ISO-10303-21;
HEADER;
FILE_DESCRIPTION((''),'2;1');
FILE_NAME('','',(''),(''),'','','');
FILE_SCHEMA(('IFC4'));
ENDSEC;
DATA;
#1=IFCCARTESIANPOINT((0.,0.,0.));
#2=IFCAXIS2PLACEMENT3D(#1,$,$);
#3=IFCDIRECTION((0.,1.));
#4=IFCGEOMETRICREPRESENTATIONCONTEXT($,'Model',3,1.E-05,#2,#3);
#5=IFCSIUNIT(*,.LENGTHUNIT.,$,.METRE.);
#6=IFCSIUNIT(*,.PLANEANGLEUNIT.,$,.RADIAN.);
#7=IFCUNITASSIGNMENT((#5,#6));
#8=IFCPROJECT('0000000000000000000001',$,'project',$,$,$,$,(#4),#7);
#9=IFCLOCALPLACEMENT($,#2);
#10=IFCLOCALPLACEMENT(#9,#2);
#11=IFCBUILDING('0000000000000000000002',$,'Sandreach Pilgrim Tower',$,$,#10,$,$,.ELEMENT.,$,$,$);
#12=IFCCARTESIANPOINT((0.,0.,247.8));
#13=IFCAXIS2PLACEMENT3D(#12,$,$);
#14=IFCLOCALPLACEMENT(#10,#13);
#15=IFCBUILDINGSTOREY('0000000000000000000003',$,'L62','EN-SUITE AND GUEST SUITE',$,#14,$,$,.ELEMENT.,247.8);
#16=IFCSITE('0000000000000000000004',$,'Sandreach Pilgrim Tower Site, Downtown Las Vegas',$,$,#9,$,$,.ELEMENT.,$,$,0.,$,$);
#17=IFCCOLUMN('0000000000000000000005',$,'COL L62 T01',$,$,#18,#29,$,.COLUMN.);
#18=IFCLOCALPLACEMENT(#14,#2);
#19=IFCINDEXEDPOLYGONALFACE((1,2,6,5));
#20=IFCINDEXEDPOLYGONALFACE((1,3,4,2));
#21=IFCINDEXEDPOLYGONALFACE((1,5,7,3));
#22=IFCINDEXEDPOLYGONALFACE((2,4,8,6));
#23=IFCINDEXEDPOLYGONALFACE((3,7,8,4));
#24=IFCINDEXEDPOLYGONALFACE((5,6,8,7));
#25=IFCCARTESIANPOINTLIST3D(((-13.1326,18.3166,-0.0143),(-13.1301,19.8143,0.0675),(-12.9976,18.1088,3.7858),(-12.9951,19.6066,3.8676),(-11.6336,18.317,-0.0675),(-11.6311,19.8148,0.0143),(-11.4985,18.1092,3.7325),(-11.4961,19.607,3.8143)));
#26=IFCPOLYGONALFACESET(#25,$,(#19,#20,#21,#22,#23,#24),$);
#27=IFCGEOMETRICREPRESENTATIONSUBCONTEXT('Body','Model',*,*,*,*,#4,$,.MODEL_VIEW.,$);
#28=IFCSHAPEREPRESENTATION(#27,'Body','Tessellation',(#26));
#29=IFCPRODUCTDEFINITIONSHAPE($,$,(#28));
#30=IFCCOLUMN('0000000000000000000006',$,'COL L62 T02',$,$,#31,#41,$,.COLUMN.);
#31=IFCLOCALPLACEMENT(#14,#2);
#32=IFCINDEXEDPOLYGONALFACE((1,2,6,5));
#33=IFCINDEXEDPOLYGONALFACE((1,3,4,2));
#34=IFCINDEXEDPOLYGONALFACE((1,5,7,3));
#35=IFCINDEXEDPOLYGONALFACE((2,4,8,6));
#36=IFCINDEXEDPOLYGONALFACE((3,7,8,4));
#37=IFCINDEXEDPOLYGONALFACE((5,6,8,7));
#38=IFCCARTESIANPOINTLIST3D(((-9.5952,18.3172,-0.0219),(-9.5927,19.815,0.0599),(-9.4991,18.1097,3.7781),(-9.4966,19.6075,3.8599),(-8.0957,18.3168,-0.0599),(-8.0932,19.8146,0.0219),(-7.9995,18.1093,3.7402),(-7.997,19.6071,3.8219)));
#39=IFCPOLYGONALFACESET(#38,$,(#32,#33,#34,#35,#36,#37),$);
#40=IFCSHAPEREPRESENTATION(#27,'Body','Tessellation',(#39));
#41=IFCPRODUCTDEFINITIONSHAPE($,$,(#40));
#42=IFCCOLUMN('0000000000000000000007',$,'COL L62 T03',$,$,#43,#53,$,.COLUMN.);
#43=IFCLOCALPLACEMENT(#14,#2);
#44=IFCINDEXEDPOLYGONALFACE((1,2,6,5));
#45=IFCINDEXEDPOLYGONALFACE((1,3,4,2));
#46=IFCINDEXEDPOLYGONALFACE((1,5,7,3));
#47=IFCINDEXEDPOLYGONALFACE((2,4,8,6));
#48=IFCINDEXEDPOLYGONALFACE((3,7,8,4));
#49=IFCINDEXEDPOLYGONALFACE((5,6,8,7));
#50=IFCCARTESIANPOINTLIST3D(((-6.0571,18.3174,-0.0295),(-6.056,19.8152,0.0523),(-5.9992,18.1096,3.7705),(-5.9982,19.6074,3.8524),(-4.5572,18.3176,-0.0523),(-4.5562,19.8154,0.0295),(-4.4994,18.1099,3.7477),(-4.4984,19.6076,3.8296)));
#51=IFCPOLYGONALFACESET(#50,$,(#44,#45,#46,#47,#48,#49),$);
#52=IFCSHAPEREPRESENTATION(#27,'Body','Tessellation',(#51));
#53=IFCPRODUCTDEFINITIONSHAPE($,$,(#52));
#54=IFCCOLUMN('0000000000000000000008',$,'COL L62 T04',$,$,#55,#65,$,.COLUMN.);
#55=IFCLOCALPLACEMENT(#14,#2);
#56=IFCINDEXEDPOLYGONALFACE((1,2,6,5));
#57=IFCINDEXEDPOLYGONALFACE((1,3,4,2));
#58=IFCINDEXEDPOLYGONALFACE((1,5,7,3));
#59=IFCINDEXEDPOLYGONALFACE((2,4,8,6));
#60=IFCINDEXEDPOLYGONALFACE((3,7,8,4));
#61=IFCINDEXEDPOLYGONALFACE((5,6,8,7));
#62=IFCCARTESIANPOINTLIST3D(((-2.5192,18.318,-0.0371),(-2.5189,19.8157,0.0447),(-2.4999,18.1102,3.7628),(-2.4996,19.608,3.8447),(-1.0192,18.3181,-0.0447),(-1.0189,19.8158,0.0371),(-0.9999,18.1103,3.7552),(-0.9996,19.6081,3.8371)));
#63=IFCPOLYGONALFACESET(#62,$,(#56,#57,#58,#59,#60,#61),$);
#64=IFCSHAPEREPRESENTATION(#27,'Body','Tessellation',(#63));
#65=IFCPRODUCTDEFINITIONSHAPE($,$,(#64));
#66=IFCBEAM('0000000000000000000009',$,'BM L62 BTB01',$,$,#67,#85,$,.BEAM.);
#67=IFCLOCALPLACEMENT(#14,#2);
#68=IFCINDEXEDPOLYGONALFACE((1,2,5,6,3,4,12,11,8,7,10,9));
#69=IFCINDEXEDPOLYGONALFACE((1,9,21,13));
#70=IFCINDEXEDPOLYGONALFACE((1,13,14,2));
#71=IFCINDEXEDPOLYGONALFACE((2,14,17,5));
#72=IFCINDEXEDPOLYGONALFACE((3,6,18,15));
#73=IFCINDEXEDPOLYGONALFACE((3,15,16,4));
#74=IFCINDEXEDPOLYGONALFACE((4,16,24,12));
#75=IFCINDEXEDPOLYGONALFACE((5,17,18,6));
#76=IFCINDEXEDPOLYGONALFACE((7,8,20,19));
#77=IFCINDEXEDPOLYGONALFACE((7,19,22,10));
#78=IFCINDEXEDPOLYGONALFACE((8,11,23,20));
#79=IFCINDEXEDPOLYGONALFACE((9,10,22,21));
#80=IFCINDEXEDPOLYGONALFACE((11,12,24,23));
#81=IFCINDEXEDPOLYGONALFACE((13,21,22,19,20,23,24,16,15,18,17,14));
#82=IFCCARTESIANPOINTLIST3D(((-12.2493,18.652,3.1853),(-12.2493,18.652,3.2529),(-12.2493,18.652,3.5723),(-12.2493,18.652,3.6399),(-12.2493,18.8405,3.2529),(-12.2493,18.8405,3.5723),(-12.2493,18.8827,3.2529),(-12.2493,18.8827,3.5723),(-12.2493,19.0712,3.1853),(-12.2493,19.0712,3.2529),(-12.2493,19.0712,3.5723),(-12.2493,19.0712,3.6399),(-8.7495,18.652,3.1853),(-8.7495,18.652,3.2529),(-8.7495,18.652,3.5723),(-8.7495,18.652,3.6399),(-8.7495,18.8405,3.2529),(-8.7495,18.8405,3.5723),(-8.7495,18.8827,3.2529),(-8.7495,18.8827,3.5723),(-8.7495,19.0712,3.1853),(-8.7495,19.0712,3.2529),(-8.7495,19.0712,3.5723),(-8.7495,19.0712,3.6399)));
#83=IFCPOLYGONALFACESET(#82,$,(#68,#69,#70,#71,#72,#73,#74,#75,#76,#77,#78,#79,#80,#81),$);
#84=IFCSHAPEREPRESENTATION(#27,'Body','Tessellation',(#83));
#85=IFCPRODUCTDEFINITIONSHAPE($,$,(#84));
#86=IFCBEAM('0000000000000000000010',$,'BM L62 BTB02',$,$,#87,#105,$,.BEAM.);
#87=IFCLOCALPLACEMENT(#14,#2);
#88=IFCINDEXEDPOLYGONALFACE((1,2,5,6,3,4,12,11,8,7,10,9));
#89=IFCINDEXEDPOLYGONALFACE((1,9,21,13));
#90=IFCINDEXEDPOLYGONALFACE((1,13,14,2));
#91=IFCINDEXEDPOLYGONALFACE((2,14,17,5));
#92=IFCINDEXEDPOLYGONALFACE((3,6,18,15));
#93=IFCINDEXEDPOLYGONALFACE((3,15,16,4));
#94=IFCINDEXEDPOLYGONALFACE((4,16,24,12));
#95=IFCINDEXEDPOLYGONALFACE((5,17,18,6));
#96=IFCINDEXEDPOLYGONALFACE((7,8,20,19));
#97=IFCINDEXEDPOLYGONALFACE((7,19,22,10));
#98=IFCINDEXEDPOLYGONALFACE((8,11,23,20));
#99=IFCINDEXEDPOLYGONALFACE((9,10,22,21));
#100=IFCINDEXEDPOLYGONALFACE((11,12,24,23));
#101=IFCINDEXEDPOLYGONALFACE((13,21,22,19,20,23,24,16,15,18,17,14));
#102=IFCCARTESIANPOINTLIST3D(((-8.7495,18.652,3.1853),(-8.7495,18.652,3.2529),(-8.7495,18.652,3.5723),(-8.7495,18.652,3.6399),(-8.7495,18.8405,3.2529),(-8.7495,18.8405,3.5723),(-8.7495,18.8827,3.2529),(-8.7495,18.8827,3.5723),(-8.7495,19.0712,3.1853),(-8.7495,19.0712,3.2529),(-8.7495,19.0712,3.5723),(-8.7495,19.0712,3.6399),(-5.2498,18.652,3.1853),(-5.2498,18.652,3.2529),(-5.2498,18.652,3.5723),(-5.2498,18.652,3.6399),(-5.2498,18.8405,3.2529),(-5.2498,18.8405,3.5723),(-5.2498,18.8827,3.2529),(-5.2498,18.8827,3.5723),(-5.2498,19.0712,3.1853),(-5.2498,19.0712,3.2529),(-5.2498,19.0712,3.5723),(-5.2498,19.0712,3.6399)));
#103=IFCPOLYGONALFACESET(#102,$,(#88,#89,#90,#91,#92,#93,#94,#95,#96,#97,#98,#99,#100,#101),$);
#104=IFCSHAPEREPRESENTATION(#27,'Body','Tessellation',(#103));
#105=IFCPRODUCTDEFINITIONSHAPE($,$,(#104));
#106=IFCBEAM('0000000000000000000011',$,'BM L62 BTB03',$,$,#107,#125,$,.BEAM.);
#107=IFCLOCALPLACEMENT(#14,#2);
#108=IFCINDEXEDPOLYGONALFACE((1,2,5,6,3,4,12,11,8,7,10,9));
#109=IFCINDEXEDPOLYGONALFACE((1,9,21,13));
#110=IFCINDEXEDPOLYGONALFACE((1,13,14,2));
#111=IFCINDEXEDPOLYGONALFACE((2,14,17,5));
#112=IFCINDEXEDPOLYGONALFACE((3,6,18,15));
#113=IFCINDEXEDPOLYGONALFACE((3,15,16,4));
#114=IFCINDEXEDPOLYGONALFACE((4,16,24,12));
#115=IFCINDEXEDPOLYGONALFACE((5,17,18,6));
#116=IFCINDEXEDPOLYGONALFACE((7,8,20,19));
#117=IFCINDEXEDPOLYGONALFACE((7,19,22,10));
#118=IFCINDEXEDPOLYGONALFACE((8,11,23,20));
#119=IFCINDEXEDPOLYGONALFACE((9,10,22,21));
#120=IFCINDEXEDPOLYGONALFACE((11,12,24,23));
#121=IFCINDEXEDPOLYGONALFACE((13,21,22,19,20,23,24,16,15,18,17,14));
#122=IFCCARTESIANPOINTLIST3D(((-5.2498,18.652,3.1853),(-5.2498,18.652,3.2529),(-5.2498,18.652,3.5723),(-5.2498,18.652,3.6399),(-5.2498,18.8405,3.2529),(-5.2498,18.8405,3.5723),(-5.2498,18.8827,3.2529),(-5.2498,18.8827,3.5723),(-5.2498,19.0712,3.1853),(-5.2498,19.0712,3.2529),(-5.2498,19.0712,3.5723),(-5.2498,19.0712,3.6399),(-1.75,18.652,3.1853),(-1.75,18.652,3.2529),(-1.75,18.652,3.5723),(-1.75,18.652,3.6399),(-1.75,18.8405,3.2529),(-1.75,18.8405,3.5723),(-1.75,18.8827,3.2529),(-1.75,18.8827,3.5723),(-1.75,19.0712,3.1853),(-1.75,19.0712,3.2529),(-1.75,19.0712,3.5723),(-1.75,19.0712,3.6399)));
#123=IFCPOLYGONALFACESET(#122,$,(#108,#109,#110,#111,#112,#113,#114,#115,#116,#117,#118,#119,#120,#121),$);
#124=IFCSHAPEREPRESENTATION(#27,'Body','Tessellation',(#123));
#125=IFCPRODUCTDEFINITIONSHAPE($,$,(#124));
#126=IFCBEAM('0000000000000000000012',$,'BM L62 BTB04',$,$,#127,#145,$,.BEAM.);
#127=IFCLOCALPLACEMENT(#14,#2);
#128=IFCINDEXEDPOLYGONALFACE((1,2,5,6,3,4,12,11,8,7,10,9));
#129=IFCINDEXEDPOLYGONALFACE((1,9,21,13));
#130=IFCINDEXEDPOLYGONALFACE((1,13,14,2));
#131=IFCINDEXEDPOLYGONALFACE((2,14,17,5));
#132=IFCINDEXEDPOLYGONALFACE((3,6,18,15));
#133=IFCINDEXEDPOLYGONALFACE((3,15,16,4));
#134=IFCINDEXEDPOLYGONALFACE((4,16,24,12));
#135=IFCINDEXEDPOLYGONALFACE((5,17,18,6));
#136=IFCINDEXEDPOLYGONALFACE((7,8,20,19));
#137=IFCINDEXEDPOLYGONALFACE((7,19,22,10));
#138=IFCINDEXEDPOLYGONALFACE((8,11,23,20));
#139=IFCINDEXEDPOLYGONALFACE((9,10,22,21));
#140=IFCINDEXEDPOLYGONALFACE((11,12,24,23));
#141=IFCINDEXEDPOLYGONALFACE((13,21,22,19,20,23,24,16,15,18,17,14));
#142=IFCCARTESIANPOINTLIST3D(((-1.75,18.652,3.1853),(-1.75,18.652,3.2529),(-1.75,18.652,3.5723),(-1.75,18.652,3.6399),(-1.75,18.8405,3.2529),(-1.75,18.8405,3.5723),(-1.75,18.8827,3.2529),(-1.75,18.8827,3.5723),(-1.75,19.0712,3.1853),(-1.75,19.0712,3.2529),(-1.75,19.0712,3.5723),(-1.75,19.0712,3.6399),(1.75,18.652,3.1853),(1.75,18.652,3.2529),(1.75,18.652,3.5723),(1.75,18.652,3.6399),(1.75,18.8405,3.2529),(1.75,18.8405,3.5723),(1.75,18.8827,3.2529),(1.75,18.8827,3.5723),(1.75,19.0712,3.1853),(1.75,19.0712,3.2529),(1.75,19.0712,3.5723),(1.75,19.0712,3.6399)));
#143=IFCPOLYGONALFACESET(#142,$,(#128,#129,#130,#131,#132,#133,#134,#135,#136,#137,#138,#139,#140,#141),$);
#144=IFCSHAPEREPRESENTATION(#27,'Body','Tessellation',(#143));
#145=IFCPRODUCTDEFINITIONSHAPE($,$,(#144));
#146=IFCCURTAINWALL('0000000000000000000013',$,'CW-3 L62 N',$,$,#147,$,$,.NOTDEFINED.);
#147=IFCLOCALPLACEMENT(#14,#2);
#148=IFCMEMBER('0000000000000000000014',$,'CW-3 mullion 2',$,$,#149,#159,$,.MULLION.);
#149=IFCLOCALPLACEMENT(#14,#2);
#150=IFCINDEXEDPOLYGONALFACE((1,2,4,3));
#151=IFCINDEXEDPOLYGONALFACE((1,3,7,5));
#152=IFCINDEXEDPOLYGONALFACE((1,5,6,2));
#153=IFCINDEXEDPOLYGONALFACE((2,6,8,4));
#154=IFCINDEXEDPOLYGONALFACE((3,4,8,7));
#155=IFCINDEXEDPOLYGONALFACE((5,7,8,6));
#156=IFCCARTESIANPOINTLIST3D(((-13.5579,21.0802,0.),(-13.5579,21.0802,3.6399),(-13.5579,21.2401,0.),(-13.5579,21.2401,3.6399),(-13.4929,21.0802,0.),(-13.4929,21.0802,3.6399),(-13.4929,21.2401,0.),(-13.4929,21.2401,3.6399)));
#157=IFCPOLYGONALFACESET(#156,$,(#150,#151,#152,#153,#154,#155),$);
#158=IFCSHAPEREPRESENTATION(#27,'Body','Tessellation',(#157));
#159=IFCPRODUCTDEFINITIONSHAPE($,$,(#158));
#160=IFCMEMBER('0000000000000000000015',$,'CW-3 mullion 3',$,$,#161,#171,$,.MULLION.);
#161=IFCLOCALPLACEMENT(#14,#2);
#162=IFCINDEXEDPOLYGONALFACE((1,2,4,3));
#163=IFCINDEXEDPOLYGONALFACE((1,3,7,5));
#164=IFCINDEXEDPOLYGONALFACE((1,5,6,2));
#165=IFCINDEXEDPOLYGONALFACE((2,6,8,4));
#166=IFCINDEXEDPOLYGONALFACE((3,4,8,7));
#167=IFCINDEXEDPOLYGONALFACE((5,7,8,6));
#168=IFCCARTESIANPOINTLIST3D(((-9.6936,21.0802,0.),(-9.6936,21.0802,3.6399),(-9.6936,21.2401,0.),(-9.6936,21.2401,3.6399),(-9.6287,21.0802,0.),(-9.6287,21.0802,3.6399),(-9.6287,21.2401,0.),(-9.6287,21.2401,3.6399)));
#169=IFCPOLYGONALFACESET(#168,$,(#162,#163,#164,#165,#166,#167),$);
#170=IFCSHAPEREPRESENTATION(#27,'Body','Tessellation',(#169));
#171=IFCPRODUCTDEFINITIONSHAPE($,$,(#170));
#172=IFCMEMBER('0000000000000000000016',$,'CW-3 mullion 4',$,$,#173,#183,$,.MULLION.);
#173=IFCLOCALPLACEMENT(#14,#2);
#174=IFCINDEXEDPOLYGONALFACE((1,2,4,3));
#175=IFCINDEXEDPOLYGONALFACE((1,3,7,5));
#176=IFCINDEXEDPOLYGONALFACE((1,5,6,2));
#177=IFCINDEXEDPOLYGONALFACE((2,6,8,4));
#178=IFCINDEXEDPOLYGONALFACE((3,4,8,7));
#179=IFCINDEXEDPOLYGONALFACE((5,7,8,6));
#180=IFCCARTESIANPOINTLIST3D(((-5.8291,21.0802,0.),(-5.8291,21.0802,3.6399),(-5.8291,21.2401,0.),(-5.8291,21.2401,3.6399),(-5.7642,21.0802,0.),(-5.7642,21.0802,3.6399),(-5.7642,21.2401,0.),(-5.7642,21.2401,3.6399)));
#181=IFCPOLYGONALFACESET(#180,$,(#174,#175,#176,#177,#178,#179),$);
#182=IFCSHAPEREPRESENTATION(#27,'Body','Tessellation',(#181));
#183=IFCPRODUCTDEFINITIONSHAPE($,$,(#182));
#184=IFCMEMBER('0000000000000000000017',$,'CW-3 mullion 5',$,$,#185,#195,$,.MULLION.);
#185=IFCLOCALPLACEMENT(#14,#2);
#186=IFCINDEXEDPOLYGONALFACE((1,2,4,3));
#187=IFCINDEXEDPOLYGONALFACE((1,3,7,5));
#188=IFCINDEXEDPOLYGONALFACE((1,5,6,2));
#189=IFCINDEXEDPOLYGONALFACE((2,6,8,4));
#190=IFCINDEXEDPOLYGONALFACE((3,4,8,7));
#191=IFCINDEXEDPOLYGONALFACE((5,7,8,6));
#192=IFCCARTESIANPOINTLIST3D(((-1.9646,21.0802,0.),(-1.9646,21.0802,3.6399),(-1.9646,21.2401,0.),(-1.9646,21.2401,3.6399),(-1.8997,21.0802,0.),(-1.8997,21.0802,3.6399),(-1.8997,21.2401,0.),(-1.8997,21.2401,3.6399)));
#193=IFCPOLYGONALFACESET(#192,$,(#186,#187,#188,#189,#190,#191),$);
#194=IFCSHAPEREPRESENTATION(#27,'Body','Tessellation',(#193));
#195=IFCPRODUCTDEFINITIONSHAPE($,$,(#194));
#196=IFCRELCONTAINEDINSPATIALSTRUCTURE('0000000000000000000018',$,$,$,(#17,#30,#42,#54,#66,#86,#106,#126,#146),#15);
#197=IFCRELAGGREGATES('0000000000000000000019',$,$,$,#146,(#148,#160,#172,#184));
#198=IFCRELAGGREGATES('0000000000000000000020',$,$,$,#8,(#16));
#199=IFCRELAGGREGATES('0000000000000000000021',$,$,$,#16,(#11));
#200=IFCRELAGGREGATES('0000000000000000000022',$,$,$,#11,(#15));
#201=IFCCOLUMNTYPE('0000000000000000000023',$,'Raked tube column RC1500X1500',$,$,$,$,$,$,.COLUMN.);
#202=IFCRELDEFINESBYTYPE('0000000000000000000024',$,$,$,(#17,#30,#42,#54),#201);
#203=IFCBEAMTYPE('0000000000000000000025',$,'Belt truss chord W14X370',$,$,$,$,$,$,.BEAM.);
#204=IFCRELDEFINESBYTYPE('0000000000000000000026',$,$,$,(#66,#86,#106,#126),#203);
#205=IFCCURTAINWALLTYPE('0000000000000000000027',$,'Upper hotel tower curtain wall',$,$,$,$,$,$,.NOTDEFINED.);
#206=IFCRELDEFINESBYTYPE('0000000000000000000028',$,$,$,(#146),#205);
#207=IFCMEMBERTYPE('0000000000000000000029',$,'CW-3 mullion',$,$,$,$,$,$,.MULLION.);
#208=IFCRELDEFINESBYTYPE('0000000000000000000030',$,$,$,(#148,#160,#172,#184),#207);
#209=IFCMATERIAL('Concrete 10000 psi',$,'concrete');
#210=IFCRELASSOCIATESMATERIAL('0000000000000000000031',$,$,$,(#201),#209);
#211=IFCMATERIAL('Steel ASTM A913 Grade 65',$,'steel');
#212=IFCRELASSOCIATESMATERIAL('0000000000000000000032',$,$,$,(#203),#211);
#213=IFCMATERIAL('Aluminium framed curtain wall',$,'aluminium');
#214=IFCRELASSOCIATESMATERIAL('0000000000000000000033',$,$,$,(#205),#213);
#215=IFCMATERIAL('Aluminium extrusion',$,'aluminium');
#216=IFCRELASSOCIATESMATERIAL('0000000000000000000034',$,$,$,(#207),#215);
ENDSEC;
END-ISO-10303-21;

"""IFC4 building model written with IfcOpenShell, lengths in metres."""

from ifc_helpers import new_model, si_unit, direction, frame, origin, origin_2d, place, context, subcontext, project, spatial, rectangle, i_section, extrude, material, material_profile, profile_set, type_object, element, aggregate, save


model = new_model("IFC4")

# Units and contexts
model_context = context("Model", 3, precision=1e-05, world=origin(), true_north=direction((0.0, 1.0)))
body_context = subcontext(model_context, "Body", "Model", "MODEL_VIEW")
ifc_project = project(units=[si_unit("LENGTHUNIT", "METRE"), si_unit("PLANEANGLEUNIT", "RADIAN")], contexts=[model_context])

# Site, building, storey
site_placement = place(None, origin())
site = spatial("IfcSite", under=ifc_project, at=site_placement, Name="Sandreach Pilgrim Tower Site, Downtown Las Vegas", CompositionType="ELEMENT", RefElevation=0.0)
building_placement = place(site_placement, origin())
building = spatial("IfcBuilding", under=site, at=building_placement, Name="Sandreach Pilgrim Tower", CompositionType="ELEMENT")
storey_placement = place(building_placement, frame((0.0, 0.0, 247.8)))
storey = spatial("IfcBuildingStorey", under=building, at=storey_placement, Name="L62", Description="EN-SUITE AND GUEST SUITE", CompositionType="ELEMENT", Elevation=247.8)

# Columns
ifc_material_1 = material(Name="Concrete 10000 psi", Category="concrete")
ifc_material_profile_1 = material_profile(ifc_material_1, rectangle(XDim=1.5, YDim=1.5, at=origin_2d()), Name="RC1500X1500")
ifc_profile_set_1 = profile_set([ifc_material_profile_1], Name="Concrete 10000 psi")
column_type = type_object("IfcColumnType", Name="Raked tube column RC1500X1500", PredefinedType="COLUMN", material=ifc_profile_set_1)
column_1_placement = place(storey_placement, frame((-12.3818, 19.0657, 0.0), z_axis=(0.035453, -0.054558, 0.997881), x_axis=(0.001659, 0.998511, 0.054534)))
element("IfcColumn", 1, at=column_1_placement, inside=storey, type_object=column_type, Name="COL L62 T01", PredefinedType="COLUMN", context=body_context, shape_type="SweptSolid", body=[
    extrude(rectangle(XDim=1.5, YDim=1.5, at=origin_2d()), origin(), (0.0, 0.0, 1.0), 3.8081),
])
column_2_placement = place(storey_placement, frame((-8.8442, 19.0659, 0.0), z_axis=(0.025267, -0.054511, 0.998193), x_axis=(0.001668, 0.998513, 0.054486)))
element("IfcColumn", 2, at=column_2_placement, inside=storey, type_object=column_type, Name="COL L62 T02", PredefinedType="COLUMN", context=body_context, shape_type="SweptSolid", body=[
    extrude(rectangle(XDim=1.5, YDim=1.5, at=origin_2d()), origin(), (0.0, 0.0, 1.0), 3.8069),
])
column_3_placement = place(storey_placement, frame((-5.3066, 19.0664, 0.0), z_axis=(0.015202, -0.054586, 0.998393), x_axis=(0.000674, 0.998509, 0.054582)))
element("IfcColumn", 3, at=column_3_placement, inside=storey, type_object=column_type, Name="COL L62 T03", PredefinedType="COLUMN", context=body_context, shape_type="SweptSolid", body=[
    extrude(rectangle(XDim=1.5, YDim=1.5, at=origin_2d()), origin(), (0.0, 0.0, 1.0), 3.8062),
])
column_4_placement = place(storey_placement, frame((-1.769, 19.0669, 0.0), z_axis=(0.005068, -0.054592, 0.998496), x_axis=(0.000221, 0.998509, 0.054591)))
element("IfcColumn", 4, at=column_4_placement, inside=storey, type_object=column_type, Name="COL L62 T04", PredefinedType="COLUMN", context=body_context, shape_type="SweptSolid", body=[
    extrude(rectangle(XDim=1.5, YDim=1.5, at=origin_2d()), origin(), (0.0, 0.0, 1.0), 3.8057),
])

# Beams
ifc_material_2 = material(Name="Steel ASTM A913 Grade 65", Category="steel")
ifc_material_profile_2 = material_profile(ifc_material_2, i_section(OverallWidth=0.4192, OverallDepth=0.4546, WebThickness=0.0422, FlangeThickness=0.0676, at=origin_2d()), Name="W14X370")
ifc_profile_set_2 = profile_set([ifc_material_profile_2], Name="Steel ASTM A913 Grade 65")
beam_type_1 = type_object("IfcBeamType", Name="Belt truss chord W14X370", PredefinedType="BEAM", material=ifc_profile_set_2)
for number, where, z_axis, x_axis, name in (
    (5, (-12.2493, 18.8616, 3.4126), (1.0, 0.0, 0.0), (0.0, 1.0, 0.0), "BM L62 BTB01"),
    (6, (-8.7495, 18.8616, 3.4126), (1.0, 0.0, 0.0), (0.0, 1.0, 0.0), "BM L62 BTB02"),
    (7, (-5.2498, 18.8616, 3.4126), (1.0, 0.0, 0.0), (0.0, 1.0, 0.0), "BM L62 BTB03"),
):
    element("IfcBeam", number, at=place(storey_placement, frame(where, z_axis=z_axis, x_axis=x_axis)), inside=storey, type_object=beam_type_1, Name=name, PredefinedType="BEAM", context=body_context, shape_type="SweptSolid", body=[
        extrude(i_section(OverallWidth=0.4192, OverallDepth=0.4546, WebThickness=0.0422, FlangeThickness=0.0676, at=origin_2d()), origin(), (0.0, 0.0, 1.0), 3.4998),
    ])
beam_1_placement = place(storey_placement, frame((-1.75, 18.8616, 3.4126), z_axis=(1.0, 0.0, 0.0), x_axis=(0.0, 1.0, 0.0)))
element("IfcBeam", 8, at=beam_1_placement, inside=storey, type_object=beam_type_1, Name="BM L62 BTB04", PredefinedType="BEAM", context=body_context, shape_type="SweptSolid", body=[
    extrude(i_section(OverallWidth=0.4192, OverallDepth=0.4546, WebThickness=0.0422, FlangeThickness=0.0676, at=origin_2d()), origin(), (0.0, 0.0, 1.0), 3.5),
])

# Curtain wall, members
ifc_material_3 = material(Name="Aluminium framed curtain wall", Category="aluminium")
curtain_wall_type = type_object("IfcCurtainWallType", Name="Upper hotel tower curtain wall", PredefinedType="NOTDEFINED", material=ifc_material_3)
curtain_wall_placement = place(storey_placement, origin())
curtain_wall = element("IfcCurtainWall", 9, at=curtain_wall_placement, inside=storey, type_object=curtain_wall_type, Name="CW-3 L62 N", PredefinedType="NOTDEFINED")
ifc_material_4 = material(Name="Aluminium extrusion", Category="aluminium")
ifc_material_profile_3 = material_profile(ifc_material_4, rectangle(XDim=0.0649, YDim=0.1599, at=origin_2d()), Name="CW-3M 65X160")
ifc_profile_set_3 = profile_set([ifc_material_profile_3], Name="Aluminium extrusion")
member_type_1 = type_object("IfcMemberType", Name="CW-3 mullion", PredefinedType="MULLION", material=ifc_profile_set_3)
member_1_placement = place(storey_placement, frame((-13.5254, 21.1602, 0.0), z_axis=(0.0, 0.0, 1.0), x_axis=(1.0, 0.0, 0.0)))
member_1 = element("IfcMember", 10, at=member_1_placement, type_object=member_type_1, Name="CW-3 mullion 2", PredefinedType="MULLION", context=body_context, shape_type="SweptSolid", body=[
    extrude(rectangle(XDim=0.0649, YDim=0.1599, at=origin_2d()), origin(), (0.0, 0.0, 1.0), 3.6399),
])
member_2_placement = place(storey_placement, frame((-9.6611, 21.1602, 0.0), z_axis=(0.0, 0.0, 1.0), x_axis=(1.0, 0.0, 0.0)))
member_2 = element("IfcMember", 11, at=member_2_placement, type_object=member_type_1, Name="CW-3 mullion 3", PredefinedType="MULLION", context=body_context, shape_type="SweptSolid", body=[
    extrude(rectangle(XDim=0.0649, YDim=0.1599, at=origin_2d()), origin(), (0.0, 0.0, 1.0), 3.6399),
])
member_3_placement = place(storey_placement, frame((-5.7966, 21.1602, 0.0), z_axis=(0.0, 0.0, 1.0), x_axis=(1.0, 0.0, 0.0)))
member_3 = element("IfcMember", 12, at=member_3_placement, type_object=member_type_1, Name="CW-3 mullion 4", PredefinedType="MULLION", context=body_context, shape_type="SweptSolid", body=[
    extrude(rectangle(XDim=0.0649, YDim=0.1599, at=origin_2d()), origin(), (0.0, 0.0, 1.0), 3.6399),
])
member_4_placement = place(storey_placement, frame((-1.9321, 21.1602, 0.0), z_axis=(0.0, 0.0, 1.0), x_axis=(1.0, 0.0, 0.0)))
member_4 = element("IfcMember", 13, at=member_4_placement, type_object=member_type_1, Name="CW-3 mullion 5", PredefinedType="MULLION", context=body_context, shape_type="SweptSolid", body=[
    extrude(rectangle(XDim=0.0649, YDim=0.1599, at=origin_2d()), origin(), (0.0, 0.0, 1.0), 3.6399),
])

aggregate(curtain_wall, [member_1, member_2, member_3, member_4])

save(model, "model.ifc")
